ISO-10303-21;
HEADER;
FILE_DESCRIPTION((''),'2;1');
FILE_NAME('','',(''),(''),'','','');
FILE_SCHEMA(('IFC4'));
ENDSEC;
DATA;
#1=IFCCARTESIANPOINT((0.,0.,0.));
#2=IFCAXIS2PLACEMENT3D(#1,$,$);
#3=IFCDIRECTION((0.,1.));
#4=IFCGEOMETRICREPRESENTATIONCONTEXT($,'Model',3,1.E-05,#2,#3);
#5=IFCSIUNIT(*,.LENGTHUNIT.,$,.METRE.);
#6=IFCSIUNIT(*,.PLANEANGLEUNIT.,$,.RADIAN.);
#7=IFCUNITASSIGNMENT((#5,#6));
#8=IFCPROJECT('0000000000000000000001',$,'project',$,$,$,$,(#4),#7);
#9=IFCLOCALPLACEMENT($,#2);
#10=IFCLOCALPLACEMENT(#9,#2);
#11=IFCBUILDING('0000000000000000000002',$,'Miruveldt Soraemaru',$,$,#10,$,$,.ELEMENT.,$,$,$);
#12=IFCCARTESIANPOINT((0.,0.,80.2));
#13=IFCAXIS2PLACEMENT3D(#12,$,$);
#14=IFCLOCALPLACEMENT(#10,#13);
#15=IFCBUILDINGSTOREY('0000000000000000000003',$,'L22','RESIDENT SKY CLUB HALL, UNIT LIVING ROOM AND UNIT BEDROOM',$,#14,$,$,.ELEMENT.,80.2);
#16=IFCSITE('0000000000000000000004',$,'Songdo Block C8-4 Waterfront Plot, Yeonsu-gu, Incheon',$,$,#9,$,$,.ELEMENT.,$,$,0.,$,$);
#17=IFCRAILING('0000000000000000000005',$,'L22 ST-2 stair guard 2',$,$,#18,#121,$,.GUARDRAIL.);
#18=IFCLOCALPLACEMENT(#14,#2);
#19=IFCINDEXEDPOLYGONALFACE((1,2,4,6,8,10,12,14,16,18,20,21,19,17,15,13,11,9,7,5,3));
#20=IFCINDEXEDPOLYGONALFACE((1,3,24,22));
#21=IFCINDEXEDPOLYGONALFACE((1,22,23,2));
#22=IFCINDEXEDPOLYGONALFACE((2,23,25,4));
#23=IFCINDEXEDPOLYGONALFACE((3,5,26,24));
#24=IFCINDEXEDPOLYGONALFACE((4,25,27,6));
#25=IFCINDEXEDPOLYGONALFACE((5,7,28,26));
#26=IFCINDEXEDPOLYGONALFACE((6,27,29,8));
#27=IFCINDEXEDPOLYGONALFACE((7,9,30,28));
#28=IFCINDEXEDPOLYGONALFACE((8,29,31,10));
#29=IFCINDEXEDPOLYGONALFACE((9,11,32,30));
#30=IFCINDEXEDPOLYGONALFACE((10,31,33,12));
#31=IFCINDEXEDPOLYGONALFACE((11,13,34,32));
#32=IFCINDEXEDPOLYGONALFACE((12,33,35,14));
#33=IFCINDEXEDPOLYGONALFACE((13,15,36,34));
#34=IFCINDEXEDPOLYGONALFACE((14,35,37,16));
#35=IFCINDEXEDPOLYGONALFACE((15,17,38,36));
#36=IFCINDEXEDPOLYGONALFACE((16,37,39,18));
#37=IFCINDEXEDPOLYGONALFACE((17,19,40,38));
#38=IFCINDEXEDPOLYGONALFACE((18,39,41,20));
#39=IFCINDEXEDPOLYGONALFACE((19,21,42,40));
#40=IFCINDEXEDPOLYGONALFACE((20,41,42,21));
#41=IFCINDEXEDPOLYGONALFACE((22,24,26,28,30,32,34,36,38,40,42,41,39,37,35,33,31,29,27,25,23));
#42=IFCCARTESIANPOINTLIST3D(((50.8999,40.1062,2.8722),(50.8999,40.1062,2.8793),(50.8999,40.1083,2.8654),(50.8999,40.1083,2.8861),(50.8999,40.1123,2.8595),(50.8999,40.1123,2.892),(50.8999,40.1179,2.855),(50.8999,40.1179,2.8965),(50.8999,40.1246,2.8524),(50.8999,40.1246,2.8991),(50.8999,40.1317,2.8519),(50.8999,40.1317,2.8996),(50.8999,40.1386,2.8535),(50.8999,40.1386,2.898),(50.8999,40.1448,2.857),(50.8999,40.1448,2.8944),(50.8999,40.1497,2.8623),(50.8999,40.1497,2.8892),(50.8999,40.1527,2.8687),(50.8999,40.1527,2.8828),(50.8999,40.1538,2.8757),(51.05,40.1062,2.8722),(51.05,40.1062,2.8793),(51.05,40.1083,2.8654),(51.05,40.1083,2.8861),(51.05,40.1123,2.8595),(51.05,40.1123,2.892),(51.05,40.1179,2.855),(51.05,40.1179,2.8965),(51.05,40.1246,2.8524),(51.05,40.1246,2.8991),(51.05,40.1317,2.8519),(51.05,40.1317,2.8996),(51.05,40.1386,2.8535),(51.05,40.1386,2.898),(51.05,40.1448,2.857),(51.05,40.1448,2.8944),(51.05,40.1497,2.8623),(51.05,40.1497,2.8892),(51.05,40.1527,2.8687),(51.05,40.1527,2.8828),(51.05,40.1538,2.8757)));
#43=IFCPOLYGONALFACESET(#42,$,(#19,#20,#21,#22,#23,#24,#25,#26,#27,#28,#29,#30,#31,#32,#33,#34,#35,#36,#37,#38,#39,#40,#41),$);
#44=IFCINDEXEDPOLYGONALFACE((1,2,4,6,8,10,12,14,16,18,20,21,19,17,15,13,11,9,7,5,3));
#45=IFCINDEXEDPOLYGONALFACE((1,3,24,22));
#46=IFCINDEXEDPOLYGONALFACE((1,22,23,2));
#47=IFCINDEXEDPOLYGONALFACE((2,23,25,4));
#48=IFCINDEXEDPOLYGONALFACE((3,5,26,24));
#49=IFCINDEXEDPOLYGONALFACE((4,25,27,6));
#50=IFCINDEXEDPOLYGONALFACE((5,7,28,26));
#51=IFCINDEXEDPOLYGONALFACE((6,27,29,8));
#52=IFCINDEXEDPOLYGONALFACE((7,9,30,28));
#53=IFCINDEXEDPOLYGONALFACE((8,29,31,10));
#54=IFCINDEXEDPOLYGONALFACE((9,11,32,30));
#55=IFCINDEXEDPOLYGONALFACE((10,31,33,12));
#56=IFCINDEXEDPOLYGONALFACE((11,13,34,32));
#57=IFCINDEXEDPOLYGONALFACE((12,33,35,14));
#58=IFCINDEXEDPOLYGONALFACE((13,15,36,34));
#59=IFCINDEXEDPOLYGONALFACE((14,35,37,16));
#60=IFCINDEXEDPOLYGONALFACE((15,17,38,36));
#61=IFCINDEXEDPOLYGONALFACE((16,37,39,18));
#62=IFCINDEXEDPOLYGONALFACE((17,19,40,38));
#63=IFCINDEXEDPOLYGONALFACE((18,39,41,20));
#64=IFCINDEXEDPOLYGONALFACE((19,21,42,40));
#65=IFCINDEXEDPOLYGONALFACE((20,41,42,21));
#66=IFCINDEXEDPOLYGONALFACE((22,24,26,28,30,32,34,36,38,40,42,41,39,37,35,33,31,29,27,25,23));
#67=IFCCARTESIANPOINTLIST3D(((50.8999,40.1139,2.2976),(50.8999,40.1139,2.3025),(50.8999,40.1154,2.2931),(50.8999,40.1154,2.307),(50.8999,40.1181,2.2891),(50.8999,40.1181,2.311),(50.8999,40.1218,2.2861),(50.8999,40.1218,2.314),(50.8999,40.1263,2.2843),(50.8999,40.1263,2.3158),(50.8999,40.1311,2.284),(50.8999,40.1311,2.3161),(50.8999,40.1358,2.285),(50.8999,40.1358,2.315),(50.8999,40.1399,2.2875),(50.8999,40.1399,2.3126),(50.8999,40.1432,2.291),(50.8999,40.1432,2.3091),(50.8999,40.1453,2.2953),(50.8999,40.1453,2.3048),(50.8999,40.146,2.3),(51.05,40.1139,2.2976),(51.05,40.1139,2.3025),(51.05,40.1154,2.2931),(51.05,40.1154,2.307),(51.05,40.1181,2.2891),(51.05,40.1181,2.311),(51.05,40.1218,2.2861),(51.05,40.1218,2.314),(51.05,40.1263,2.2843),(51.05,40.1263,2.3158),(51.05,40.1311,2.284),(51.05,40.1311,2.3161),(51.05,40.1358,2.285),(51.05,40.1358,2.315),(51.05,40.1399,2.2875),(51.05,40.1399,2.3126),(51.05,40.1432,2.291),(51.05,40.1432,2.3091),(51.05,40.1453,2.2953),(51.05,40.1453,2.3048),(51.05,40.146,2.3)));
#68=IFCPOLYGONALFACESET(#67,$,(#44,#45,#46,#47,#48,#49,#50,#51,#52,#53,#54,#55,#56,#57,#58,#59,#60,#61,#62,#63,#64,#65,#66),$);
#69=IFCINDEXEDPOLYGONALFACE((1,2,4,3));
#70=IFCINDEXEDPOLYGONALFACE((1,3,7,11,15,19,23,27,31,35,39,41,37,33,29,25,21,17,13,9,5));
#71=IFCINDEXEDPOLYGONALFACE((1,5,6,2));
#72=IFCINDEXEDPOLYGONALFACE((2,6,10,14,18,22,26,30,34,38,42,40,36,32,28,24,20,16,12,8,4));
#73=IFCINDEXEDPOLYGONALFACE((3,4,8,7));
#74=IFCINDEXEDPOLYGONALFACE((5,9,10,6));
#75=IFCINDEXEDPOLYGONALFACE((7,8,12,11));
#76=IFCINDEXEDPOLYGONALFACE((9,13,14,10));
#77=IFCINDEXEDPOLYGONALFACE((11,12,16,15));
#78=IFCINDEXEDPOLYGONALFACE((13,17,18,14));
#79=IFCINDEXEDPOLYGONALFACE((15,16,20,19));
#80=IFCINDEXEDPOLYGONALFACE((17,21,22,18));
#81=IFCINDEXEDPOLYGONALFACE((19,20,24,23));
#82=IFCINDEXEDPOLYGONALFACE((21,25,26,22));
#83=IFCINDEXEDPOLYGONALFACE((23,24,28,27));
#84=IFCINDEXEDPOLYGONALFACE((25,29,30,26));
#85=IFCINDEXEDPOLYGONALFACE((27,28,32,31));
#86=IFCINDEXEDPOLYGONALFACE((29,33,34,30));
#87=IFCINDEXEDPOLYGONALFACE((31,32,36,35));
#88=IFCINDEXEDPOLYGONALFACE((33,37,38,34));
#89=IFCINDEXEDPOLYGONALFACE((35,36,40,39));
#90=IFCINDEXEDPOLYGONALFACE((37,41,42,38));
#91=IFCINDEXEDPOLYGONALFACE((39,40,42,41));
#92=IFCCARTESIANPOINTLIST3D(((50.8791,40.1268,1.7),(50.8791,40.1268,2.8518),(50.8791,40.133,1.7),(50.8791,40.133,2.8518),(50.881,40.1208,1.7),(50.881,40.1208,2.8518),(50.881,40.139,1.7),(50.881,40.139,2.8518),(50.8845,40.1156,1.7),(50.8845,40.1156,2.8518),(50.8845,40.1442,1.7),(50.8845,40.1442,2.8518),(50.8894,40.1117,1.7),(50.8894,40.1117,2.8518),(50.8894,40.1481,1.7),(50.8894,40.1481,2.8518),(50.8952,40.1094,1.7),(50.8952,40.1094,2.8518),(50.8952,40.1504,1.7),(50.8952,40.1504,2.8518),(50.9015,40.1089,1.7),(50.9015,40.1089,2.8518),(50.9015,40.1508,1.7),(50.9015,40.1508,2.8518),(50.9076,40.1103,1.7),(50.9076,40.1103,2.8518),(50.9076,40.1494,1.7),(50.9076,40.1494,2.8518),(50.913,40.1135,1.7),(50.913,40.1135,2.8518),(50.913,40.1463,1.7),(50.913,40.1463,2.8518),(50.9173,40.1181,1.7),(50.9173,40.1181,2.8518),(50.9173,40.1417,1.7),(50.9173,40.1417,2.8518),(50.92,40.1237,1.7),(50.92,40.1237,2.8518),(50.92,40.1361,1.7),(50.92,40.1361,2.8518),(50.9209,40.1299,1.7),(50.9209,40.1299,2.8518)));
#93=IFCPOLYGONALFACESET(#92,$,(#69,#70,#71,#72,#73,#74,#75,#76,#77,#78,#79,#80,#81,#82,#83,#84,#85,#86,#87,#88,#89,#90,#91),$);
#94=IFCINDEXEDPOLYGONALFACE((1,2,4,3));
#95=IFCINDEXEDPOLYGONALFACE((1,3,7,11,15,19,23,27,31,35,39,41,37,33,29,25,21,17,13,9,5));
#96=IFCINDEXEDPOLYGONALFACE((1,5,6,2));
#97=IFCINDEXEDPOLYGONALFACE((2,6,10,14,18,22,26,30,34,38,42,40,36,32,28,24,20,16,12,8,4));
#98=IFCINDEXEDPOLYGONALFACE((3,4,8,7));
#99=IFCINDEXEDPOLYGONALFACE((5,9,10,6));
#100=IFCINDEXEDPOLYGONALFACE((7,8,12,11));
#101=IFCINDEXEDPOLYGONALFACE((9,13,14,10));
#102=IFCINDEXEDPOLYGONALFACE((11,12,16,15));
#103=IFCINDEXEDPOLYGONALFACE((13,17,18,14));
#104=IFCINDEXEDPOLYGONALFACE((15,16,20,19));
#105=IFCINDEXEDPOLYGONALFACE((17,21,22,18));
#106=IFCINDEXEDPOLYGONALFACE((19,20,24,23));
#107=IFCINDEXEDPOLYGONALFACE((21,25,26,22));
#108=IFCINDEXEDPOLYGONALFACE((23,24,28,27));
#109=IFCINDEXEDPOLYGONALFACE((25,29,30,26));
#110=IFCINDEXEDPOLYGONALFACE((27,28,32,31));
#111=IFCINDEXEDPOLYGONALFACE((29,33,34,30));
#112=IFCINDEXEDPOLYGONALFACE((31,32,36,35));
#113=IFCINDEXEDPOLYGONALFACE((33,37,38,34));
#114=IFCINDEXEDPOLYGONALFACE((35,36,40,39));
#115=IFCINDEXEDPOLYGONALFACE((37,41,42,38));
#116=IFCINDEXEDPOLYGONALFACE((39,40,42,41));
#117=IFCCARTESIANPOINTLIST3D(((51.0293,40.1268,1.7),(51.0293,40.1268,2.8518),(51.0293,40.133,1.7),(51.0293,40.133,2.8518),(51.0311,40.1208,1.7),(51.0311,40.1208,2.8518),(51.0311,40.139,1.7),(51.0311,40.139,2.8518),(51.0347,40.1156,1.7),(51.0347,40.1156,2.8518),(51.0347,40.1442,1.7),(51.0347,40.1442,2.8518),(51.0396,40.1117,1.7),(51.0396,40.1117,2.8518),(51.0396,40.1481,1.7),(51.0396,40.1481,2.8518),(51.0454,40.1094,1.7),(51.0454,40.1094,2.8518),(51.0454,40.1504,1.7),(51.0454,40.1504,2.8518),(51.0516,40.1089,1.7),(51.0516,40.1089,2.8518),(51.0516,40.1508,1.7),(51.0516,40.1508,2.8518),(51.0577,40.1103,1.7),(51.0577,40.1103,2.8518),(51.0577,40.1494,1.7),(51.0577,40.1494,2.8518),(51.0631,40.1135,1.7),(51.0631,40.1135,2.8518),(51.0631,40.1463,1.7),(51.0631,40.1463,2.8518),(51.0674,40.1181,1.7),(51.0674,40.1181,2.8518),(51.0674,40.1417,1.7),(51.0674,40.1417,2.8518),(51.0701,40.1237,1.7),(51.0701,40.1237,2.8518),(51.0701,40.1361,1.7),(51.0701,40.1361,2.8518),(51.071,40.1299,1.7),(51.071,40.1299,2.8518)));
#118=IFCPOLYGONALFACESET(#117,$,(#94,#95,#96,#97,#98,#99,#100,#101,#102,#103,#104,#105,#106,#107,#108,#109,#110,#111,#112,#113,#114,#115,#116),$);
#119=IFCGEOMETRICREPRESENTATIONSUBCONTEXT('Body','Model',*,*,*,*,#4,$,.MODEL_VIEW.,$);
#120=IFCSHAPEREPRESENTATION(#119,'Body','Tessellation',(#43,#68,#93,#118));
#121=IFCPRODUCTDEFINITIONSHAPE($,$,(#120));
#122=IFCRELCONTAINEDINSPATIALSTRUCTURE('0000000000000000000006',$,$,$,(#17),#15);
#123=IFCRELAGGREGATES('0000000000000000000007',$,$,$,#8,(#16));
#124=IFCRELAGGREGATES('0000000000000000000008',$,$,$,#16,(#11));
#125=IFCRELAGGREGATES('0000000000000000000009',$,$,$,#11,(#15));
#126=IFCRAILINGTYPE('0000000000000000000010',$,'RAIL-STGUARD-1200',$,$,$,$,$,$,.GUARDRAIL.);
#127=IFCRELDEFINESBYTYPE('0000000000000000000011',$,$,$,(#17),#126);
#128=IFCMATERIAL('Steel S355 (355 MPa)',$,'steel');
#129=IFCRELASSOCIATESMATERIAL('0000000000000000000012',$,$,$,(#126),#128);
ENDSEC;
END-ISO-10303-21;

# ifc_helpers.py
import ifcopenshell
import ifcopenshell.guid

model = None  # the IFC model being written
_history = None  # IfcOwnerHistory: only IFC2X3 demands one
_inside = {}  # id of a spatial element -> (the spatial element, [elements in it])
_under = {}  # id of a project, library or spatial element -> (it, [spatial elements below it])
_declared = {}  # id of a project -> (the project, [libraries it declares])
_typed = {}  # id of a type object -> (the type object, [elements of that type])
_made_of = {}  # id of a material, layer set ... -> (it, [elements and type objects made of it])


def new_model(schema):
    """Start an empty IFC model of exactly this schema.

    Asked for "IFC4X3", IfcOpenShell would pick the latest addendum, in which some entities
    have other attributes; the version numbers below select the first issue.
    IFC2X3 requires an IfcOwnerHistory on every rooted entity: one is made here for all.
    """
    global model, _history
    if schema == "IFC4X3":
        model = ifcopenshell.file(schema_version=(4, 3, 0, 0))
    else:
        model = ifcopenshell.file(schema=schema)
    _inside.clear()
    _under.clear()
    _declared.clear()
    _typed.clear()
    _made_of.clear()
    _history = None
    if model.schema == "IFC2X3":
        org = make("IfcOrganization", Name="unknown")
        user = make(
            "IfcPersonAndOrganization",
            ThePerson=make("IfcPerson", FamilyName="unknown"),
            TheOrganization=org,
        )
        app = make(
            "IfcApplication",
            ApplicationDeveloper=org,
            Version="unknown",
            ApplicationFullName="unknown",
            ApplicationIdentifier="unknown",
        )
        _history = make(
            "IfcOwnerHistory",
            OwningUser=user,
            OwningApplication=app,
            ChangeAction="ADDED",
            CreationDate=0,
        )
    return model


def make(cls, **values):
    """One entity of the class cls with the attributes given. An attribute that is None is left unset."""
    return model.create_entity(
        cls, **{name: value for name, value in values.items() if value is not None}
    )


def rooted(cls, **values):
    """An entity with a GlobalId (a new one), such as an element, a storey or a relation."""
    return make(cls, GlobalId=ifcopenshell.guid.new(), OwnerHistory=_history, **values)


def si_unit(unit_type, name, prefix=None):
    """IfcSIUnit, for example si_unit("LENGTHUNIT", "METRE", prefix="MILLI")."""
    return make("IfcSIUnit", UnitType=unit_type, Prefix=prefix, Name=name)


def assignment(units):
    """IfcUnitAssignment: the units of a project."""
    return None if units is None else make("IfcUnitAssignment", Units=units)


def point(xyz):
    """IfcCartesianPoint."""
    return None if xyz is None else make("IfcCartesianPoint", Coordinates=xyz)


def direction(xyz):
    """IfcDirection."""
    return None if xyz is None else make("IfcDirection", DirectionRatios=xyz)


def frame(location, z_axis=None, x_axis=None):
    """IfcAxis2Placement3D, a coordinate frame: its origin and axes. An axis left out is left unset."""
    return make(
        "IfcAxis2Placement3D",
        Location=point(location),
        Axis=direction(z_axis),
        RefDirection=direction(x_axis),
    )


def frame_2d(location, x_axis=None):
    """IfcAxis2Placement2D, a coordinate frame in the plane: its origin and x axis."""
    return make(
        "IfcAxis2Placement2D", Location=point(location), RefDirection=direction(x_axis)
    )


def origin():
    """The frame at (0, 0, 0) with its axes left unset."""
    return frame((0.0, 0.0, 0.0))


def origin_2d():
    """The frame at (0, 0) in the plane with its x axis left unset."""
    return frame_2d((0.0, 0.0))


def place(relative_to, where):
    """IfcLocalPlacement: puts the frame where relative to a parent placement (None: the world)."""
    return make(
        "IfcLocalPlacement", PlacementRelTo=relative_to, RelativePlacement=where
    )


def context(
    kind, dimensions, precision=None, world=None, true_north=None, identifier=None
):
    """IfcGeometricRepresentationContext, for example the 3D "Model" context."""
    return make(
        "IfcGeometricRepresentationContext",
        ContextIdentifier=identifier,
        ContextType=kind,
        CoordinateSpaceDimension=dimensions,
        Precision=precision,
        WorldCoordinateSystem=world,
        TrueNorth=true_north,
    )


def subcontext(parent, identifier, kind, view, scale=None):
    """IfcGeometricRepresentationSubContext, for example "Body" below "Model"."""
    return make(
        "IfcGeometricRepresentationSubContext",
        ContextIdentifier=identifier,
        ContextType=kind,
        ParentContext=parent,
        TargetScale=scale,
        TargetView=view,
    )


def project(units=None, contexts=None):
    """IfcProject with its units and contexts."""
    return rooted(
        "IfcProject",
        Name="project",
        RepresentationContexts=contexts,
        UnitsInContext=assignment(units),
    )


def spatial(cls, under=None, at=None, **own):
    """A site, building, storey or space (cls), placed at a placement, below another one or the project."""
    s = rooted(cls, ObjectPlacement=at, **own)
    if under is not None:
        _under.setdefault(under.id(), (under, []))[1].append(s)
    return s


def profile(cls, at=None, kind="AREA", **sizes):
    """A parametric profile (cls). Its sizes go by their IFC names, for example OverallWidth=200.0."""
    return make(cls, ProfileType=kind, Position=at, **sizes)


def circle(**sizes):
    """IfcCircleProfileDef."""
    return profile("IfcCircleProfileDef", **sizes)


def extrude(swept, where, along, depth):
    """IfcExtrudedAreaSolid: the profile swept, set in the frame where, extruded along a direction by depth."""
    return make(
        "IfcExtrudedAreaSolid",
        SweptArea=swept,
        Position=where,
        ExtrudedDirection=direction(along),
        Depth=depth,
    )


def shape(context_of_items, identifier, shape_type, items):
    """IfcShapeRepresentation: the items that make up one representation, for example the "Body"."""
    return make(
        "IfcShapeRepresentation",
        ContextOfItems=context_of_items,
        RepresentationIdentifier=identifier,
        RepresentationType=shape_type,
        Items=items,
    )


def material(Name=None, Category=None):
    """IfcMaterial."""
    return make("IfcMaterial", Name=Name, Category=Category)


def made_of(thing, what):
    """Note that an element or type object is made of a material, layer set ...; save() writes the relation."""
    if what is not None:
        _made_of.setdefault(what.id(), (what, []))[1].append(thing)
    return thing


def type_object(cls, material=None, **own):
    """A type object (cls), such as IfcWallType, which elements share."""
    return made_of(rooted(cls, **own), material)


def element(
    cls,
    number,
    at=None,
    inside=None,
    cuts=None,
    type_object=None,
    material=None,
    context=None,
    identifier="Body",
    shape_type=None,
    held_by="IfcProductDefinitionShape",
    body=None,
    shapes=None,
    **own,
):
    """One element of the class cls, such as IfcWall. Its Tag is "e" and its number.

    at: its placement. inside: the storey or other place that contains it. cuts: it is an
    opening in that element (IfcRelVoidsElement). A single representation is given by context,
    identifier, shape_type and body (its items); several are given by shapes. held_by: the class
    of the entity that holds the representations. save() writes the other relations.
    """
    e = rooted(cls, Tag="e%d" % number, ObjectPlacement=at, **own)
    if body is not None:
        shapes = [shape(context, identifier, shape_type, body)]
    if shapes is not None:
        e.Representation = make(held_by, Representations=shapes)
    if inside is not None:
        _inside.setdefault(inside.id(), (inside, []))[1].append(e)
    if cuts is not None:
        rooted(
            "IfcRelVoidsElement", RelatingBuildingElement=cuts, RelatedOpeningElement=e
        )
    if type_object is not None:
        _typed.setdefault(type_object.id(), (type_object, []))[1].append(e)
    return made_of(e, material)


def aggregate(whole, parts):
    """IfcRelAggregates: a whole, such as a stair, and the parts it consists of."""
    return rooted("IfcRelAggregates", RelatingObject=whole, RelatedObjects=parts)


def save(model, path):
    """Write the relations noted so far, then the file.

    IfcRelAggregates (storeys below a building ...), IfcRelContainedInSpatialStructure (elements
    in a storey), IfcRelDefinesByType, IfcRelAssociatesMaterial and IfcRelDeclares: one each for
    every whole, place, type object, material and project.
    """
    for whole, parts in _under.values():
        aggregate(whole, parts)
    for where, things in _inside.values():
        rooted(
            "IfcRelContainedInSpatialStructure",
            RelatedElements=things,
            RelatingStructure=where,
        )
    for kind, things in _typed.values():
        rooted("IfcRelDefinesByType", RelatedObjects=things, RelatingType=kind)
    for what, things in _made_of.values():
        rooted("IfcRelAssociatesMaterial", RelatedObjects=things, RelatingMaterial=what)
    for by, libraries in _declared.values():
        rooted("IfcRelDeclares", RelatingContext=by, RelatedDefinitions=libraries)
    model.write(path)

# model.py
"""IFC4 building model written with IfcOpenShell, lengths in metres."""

from ifc_helpers import new_model, si_unit, direction, frame, origin, origin_2d, place, context, subcontext, project, spatial, circle, extrude, material, type_object, element, save


model = new_model("IFC4")

# Units and contexts
model_context = context("Model", 3, precision=1e-05, world=origin(), true_north=direction((0.0, 1.0)))
body_context = subcontext(model_context, "Body", "Model", "MODEL_VIEW")
ifc_project = project(units=[si_unit("LENGTHUNIT", "METRE"), si_unit("PLANEANGLEUNIT", "RADIAN")], contexts=[model_context])

# Site, building, storey
site_placement = place(None, origin())
site = spatial("IfcSite", under=ifc_project, at=site_placement, Name="Songdo Block C8-4 Waterfront Plot, Yeonsu-gu, Incheon", CompositionType="ELEMENT", RefElevation=0.0)
building_placement = place(site_placement, origin())
building = spatial("IfcBuilding", under=site, at=building_placement, Name="Miruveldt Soraemaru", CompositionType="ELEMENT")
storey_placement = place(building_placement, frame((0.0, 0.0, 80.2)))
storey = spatial("IfcBuildingStorey", under=building, at=storey_placement, Name="L22", Description="RESIDENT SKY CLUB HALL, UNIT LIVING ROOM AND UNIT BEDROOM", CompositionType="ELEMENT", Elevation=80.2)

# Railing
ifc_material_1 = material(Name="Steel S355 (355 MPa)", Category="steel")
railing_type_1 = type_object("IfcRailingType", Name="RAIL-STGUARD-1200", PredefinedType="GUARDRAIL", material=ifc_material_1)
railing_1_placement = place(storey_placement, frame((50.8999, 40.1299, 1.7)))
element("IfcRailing", 1, at=railing_1_placement, inside=storey, type_object=railing_type_1, Name="L22 ST-2 stair guard 2", PredefinedType="GUARDRAIL", context=body_context, shape_type="SweptSolid", body=[
    extrude(circle(Radius=0.0239, at=origin_2d()), frame((0.0, 0.0, 1.1758), z_axis=(1.0, 0.0, 0.0), x_axis=(0.0, 1.0, 0.0)), (0.0, 0.0, 1.0), 0.1501),
    extrude(circle(Radius=0.0161, at=origin_2d()), frame((0.0, 0.0, 0.6001), z_axis=(1.0, 0.0, 0.0), x_axis=(0.0, 1.0, 0.0)), (0.0, 0.0, 1.0), 0.1501),
    extrude(circle(Radius=0.021, at=origin_2d()), origin(), (0.0, 0.0, 1.0), 1.1519),
    extrude(circle(Radius=0.021, at=origin_2d()), frame((0.1501, 0.0, 0.0)), (0.0, 0.0, 1.0), 1.1519),
])

save(model, "model.ifc")
